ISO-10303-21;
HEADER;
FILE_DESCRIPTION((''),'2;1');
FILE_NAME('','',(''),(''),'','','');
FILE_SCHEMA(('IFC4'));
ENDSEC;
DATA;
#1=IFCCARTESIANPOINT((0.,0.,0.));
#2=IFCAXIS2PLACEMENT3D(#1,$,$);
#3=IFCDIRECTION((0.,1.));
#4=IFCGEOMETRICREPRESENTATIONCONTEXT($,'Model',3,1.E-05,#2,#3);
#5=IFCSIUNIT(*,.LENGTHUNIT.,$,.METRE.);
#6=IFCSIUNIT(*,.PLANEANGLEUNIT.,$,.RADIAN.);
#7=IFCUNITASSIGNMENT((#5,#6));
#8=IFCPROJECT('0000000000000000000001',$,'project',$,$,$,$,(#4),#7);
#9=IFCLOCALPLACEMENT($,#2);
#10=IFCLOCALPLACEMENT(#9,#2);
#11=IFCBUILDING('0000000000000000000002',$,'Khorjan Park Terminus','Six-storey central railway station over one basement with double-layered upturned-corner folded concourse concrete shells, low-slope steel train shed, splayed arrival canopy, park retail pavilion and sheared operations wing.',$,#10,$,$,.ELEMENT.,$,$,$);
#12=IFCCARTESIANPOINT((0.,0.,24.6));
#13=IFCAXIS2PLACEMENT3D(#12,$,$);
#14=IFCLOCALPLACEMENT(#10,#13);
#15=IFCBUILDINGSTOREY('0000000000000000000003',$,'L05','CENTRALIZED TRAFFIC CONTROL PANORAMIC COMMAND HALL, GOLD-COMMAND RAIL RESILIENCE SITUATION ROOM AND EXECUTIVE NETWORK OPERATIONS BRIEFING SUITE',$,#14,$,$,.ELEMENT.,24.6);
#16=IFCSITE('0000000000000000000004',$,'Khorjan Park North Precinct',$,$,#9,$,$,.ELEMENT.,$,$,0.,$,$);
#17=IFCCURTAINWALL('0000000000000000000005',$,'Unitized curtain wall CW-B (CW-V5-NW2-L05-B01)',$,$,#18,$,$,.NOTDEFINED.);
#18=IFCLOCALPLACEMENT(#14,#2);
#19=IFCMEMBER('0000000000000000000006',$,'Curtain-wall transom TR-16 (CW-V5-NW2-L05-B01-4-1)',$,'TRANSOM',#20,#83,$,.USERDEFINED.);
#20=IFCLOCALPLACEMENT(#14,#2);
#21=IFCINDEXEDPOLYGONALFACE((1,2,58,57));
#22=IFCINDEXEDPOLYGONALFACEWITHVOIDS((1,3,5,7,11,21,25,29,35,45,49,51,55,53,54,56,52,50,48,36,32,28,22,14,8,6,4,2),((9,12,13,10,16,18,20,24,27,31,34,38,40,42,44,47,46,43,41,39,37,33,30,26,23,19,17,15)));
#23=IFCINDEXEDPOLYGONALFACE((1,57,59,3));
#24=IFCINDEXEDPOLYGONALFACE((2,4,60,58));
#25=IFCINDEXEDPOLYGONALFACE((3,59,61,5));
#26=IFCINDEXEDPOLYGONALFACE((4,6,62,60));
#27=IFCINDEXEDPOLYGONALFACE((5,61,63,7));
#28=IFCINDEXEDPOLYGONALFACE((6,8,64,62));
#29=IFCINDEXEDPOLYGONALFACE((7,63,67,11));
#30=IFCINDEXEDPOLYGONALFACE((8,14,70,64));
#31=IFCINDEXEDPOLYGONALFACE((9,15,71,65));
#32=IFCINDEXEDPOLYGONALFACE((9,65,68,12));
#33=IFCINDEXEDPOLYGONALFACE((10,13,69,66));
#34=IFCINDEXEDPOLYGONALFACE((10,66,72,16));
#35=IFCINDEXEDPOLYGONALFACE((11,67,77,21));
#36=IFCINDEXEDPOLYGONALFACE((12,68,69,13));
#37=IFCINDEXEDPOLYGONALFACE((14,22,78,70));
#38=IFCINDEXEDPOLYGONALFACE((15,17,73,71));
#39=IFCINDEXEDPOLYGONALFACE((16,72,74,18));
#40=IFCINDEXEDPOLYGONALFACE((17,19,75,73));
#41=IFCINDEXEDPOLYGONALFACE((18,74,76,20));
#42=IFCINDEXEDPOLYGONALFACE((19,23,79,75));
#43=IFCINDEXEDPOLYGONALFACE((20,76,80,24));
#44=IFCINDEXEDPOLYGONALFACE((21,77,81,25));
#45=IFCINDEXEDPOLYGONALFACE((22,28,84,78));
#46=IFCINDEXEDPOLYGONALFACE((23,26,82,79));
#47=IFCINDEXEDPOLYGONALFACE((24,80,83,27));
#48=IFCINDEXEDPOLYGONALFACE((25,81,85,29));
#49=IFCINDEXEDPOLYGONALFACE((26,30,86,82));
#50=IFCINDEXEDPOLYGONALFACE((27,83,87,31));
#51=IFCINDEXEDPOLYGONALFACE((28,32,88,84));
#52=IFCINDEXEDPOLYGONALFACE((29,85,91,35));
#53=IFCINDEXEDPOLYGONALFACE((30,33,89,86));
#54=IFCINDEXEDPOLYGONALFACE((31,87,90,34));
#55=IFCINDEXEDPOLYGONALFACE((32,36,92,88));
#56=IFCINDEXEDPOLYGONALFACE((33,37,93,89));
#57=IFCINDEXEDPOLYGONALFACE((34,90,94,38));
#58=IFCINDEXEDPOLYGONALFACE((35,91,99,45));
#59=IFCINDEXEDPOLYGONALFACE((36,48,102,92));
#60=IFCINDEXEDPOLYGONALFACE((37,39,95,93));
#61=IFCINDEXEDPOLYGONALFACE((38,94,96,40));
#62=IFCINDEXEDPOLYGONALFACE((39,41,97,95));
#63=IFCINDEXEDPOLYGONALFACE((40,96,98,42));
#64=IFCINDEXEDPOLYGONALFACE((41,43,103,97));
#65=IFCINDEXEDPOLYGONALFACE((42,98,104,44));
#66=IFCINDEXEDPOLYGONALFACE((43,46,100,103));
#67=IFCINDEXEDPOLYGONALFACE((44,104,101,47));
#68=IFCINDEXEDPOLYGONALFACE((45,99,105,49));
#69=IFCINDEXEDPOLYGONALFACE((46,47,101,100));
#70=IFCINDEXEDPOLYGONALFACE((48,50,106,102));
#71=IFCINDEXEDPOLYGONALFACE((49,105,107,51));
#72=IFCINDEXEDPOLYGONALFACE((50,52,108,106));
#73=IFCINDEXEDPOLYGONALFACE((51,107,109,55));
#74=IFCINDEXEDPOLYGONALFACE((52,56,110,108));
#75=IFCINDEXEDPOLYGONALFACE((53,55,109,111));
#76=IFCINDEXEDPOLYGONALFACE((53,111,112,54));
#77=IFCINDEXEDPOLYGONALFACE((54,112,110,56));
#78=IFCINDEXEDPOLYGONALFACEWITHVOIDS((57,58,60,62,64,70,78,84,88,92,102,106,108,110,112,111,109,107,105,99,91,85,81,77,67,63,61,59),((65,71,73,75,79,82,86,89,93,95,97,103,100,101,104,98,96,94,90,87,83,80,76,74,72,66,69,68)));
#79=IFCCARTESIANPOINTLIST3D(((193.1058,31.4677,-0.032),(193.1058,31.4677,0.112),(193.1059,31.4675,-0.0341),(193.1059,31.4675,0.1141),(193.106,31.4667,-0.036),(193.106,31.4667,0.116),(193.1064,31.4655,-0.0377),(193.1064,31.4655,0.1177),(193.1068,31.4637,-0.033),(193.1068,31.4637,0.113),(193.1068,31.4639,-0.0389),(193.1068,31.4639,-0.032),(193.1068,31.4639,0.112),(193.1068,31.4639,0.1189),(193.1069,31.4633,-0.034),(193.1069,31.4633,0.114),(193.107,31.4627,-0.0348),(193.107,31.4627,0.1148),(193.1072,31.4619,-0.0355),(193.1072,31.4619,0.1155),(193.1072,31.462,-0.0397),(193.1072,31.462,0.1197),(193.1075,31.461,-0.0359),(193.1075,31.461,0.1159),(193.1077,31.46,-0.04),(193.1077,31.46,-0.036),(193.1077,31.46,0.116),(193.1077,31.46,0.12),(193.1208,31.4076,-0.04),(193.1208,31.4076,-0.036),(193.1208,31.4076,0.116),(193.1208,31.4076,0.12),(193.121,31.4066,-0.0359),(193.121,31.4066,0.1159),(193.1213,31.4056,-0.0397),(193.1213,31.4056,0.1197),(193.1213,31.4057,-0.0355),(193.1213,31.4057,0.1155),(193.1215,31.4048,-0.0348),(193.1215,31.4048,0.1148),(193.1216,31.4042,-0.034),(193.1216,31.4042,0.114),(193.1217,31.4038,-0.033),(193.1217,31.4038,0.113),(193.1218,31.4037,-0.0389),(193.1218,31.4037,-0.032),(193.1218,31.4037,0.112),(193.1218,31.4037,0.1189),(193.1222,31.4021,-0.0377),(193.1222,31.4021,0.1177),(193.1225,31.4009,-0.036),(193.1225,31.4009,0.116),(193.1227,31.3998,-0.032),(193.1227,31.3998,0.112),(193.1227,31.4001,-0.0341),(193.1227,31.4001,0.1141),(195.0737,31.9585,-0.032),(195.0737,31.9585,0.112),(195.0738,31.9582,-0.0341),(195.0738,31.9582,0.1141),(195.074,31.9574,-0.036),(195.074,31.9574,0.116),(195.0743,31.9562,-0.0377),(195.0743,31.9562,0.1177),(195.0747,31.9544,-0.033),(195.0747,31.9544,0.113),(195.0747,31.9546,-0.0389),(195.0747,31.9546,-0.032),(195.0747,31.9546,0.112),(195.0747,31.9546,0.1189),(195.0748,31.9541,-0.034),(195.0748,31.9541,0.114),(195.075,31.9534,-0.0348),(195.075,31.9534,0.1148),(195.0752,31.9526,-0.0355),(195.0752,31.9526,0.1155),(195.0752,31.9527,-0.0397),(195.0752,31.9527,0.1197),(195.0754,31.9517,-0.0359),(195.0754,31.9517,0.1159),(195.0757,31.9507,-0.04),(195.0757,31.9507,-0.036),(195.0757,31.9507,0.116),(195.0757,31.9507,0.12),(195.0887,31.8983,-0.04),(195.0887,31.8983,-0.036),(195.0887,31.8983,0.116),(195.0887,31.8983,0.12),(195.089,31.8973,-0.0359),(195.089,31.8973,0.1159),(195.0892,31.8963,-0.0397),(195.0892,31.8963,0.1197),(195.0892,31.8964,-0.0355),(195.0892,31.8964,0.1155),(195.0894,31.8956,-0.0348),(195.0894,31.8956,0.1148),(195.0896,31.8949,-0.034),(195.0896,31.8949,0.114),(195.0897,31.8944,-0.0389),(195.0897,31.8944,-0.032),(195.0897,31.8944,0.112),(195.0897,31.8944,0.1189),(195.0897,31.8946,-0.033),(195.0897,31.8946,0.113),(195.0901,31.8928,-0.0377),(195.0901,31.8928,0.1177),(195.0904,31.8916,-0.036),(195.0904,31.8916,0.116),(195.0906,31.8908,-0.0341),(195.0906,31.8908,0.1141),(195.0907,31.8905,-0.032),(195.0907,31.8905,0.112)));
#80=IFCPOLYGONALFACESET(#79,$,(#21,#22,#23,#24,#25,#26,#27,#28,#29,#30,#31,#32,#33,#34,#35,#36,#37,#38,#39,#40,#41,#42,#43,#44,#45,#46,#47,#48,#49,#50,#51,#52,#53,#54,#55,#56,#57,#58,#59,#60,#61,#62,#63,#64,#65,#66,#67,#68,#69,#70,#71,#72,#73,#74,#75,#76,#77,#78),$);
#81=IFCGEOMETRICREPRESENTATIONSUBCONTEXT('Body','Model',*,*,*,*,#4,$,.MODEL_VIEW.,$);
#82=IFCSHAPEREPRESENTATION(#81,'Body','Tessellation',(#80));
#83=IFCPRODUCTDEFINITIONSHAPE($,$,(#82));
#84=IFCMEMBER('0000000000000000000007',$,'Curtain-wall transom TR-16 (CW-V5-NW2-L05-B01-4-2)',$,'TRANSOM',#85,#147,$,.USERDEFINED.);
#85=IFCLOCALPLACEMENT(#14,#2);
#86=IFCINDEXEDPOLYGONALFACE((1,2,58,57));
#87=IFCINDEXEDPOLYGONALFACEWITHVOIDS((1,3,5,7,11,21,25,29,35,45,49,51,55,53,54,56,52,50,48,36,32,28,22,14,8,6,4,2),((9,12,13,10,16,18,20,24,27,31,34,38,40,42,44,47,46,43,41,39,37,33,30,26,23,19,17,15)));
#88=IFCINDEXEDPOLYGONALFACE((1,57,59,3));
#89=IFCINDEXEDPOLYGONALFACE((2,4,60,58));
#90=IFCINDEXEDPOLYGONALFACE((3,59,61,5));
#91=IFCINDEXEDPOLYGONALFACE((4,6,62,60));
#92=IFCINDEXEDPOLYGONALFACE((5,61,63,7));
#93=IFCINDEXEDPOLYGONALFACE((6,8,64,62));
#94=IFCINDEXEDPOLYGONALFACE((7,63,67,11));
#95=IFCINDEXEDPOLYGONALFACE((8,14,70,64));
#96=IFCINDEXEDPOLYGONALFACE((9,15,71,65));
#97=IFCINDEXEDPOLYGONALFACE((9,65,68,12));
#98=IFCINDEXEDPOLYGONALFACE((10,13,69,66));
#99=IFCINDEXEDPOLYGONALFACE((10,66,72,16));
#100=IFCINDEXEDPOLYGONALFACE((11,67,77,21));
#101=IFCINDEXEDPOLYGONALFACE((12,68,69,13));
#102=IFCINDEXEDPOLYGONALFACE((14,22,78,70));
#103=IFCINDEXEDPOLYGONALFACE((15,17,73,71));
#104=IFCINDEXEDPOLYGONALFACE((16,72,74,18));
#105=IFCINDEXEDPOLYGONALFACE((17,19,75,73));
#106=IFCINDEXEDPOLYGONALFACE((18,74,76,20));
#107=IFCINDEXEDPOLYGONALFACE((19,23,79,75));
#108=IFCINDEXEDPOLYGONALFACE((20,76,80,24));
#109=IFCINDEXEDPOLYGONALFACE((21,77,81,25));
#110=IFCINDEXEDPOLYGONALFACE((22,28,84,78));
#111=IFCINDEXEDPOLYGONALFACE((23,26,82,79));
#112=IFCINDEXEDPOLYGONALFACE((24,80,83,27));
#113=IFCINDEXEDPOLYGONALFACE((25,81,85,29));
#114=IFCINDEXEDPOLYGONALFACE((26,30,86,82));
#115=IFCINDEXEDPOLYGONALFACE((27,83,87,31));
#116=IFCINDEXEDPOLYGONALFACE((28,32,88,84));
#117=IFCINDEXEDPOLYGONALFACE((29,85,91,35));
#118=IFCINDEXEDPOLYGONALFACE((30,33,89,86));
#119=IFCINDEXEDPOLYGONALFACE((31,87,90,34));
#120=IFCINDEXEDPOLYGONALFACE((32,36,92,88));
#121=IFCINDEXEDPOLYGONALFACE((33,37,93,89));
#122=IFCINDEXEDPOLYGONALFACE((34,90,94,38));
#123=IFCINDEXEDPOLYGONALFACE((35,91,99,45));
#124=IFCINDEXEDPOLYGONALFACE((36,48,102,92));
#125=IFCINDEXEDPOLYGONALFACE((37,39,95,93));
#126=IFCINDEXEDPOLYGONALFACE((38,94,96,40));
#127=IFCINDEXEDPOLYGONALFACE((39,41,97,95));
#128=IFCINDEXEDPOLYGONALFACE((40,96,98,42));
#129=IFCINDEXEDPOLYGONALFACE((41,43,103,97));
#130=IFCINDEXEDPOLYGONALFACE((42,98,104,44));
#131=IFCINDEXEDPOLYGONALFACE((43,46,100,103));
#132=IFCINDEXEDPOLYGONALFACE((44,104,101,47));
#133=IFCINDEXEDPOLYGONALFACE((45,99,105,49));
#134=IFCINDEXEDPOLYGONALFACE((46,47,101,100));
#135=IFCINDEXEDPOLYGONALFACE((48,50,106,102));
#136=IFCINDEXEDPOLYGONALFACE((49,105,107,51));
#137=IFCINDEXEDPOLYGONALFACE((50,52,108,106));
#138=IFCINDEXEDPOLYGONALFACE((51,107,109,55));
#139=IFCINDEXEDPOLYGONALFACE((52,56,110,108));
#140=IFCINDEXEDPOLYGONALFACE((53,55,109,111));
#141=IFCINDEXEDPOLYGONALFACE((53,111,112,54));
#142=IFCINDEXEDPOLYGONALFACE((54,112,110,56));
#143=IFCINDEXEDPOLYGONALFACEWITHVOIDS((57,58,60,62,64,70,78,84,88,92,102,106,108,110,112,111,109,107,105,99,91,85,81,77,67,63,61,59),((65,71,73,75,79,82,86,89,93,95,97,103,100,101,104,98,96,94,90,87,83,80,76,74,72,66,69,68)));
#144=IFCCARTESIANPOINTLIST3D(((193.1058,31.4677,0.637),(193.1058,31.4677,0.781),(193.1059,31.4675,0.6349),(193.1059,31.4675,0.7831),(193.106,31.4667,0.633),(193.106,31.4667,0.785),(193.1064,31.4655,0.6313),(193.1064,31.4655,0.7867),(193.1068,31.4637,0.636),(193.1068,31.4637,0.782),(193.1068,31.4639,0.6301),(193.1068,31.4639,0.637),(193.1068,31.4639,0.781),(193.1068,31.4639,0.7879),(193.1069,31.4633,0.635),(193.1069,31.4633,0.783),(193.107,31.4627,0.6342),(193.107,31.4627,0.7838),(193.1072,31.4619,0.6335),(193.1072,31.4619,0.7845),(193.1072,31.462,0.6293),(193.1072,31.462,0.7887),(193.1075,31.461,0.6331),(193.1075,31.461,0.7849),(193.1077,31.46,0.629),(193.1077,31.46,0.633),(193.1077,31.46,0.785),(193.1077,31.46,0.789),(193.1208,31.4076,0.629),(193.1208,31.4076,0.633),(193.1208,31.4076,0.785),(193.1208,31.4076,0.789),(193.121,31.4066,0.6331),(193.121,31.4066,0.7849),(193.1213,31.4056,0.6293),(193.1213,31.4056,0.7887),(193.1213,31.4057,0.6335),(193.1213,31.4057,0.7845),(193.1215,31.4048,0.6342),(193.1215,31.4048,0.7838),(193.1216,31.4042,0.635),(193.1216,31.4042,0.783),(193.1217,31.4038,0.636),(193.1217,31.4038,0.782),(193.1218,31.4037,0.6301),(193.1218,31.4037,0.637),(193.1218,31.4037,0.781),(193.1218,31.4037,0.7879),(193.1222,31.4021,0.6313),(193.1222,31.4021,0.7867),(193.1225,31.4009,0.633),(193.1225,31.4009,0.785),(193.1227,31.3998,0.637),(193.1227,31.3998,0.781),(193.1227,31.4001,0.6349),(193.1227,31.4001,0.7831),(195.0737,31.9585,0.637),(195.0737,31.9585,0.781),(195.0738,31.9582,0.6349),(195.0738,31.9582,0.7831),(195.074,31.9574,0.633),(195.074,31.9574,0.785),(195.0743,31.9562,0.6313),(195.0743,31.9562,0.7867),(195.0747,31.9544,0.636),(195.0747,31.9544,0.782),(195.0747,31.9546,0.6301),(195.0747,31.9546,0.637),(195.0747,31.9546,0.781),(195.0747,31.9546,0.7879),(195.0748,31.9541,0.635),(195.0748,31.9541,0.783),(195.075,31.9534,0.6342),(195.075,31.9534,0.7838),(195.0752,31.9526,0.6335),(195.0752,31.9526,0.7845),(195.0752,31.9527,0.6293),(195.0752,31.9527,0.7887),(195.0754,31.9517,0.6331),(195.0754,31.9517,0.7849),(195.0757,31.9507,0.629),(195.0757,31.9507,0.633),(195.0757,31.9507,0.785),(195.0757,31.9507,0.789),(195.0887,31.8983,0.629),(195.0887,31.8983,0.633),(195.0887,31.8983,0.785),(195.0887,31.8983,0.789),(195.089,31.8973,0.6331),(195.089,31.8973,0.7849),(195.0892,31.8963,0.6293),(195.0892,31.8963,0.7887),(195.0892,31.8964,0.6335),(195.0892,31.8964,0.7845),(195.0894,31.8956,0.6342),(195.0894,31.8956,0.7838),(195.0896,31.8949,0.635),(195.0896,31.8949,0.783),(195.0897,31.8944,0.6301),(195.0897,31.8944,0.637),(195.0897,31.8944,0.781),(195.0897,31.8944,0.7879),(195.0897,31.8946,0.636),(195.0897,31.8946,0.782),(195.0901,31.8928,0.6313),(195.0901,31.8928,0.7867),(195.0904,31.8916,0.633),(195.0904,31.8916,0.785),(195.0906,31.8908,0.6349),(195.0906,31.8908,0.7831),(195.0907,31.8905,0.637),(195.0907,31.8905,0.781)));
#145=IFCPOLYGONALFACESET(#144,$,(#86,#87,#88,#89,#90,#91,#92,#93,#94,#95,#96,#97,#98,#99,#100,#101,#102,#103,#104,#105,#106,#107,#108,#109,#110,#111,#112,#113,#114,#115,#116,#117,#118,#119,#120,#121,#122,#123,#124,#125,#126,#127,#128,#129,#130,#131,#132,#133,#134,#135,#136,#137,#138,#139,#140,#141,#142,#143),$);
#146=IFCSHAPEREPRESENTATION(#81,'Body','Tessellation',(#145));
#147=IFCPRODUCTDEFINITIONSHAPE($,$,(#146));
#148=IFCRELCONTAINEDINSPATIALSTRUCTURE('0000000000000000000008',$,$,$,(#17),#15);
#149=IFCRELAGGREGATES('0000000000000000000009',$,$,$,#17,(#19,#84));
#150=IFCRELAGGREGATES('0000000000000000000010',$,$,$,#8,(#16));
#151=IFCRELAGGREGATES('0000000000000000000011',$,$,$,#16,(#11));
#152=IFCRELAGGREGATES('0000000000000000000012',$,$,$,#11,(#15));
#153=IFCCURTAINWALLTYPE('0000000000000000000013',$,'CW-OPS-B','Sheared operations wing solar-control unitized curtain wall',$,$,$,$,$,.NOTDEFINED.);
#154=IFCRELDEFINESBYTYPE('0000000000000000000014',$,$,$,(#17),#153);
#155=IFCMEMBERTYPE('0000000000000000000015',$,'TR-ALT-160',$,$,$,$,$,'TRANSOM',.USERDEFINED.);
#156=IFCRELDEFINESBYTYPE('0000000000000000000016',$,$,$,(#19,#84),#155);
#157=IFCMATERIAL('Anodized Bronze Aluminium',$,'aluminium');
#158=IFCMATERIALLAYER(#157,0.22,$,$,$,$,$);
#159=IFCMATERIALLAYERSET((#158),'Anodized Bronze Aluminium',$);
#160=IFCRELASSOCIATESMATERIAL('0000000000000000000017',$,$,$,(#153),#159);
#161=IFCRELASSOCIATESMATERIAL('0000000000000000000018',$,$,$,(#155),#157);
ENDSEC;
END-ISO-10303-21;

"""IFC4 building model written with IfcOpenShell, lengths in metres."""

from ifc_helpers import new_model, si_unit, direction, frame, origin, origin_2d, place, context, subcontext, project, spatial, hollow_rectangle, extrude, material, layer, layer_set, material_profile, profile_set, type_object, element, aggregate, save


model = new_model("IFC4")

# Units and contexts
model_context = context("Model", 3, precision=1e-05, world=origin(), true_north=direction((0.0, 1.0)))
body_context = subcontext(model_context, "Body", "Model", "MODEL_VIEW")
ifc_project = project(units=[si_unit("LENGTHUNIT", "METRE"), si_unit("PLANEANGLEUNIT", "RADIAN")], contexts=[model_context])

# Site, building, storey
site_placement = place(None, origin())
site = spatial("IfcSite", under=ifc_project, at=site_placement, Name="Khorjan Park North Precinct", CompositionType="ELEMENT", RefElevation=0.0)
building_placement = place(site_placement, origin())
building = spatial("IfcBuilding", under=site, at=building_placement, Name="Khorjan Park Terminus", Description="Six-storey central railway station over one basement with double-layered upturned-corner folded concourse concrete shells, low-slope steel train shed, splayed arrival canopy, park retail pavilion and sheared operations wing.", CompositionType="ELEMENT")
storey_placement = place(building_placement, frame((0.0, 0.0, 24.6)))
storey = spatial("IfcBuildingStorey", under=building, at=storey_placement, Name="L05", Description="CENTRALIZED TRAFFIC CONTROL PANORAMIC COMMAND HALL, GOLD-COMMAND RAIL RESILIENCE SITUATION ROOM AND EXECUTIVE NETWORK OPERATIONS BRIEFING SUITE", CompositionType="ELEMENT", Elevation=24.6)

# Curtain wall, members
ifc_material_1 = material(Name="Anodized Bronze Aluminium", Category="aluminium")
ifc_layer_1 = layer(ifc_material_1, 0.22)
ifc_layer_set_1 = layer_set([ifc_layer_1], Name="Anodized Bronze Aluminium")
curtain_wall_type = type_object("IfcCurtainWallType", Name="CW-OPS-B", Description="Sheared operations wing solar-control unitized curtain wall", PredefinedType="NOTDEFINED", material=ifc_layer_set_1)
curtain_wall_placement = place(storey_placement, origin())
curtain_wall = element("IfcCurtainWall", 1, at=curtain_wall_placement, inside=storey, type_object=curtain_wall_type, Name="Unitized curtain wall CW-B (CW-V5-NW2-L05-B01)", PredefinedType="NOTDEFINED")
ifc_material_profile_1 = material_profile(ifc_material_1, hollow_rectangle(XDim=0.07, YDim=0.16, WallThickness=0.004, InnerFilletRadius=0.004, OuterFilletRadius=0.008, at=origin_2d()), Name="ALT 70x160x4")
ifc_profile_set_1 = profile_set([ifc_material_profile_1], Name="Anodized Bronze Aluminium")
member_type_1 = type_object("IfcMemberType", Name="TR-ALT-160", ElementType="TRANSOM", PredefinedType="USERDEFINED", material=ifc_profile_set_1)
member_1_placement = place(storey_placement, frame((195.0822, 31.9245, 0.04), z_axis=(-0.97029, -0.241944, 0.0), x_axis=(0.241944, -0.97029, 0.0)))
member_1 = element("IfcMember", 2, at=member_1_placement, type_object=member_type_1, Name="Curtain-wall transom TR-16 (CW-V5-NW2-L05-B01-4-1)", ObjectType="TRANSOM", PredefinedType="USERDEFINED", context=body_context, shape_type="SweptSolid", body=[
    extrude(hollow_rectangle(XDim=0.07, YDim=0.16, WallThickness=0.004, InnerFilletRadius=0.004, OuterFilletRadius=0.008, at=origin_2d()), origin(), (0.0, 0.0, 1.0), 2.0282),
])
member_2_placement = place(storey_placement, frame((195.0822, 31.9245, 0.709), z_axis=(-0.97029, -0.241944, 0.0), x_axis=(0.241944, -0.97029, 0.0)))
member_2 = element("IfcMember", 3, at=member_2_placement, type_object=member_type_1, Name="Curtain-wall transom TR-16 (CW-V5-NW2-L05-B01-4-2)", ObjectType="TRANSOM", PredefinedType="USERDEFINED", context=body_context, shape_type="SweptSolid", body=[
    extrude(hollow_rectangle(XDim=0.07, YDim=0.16, WallThickness=0.004, InnerFilletRadius=0.004, OuterFilletRadius=0.008, at=origin_2d()), origin(), (0.0, 0.0, 1.0), 2.0282),
])
aggregate(curtain_wall, [member_1, member_2])

save(model, "model.ifc")
